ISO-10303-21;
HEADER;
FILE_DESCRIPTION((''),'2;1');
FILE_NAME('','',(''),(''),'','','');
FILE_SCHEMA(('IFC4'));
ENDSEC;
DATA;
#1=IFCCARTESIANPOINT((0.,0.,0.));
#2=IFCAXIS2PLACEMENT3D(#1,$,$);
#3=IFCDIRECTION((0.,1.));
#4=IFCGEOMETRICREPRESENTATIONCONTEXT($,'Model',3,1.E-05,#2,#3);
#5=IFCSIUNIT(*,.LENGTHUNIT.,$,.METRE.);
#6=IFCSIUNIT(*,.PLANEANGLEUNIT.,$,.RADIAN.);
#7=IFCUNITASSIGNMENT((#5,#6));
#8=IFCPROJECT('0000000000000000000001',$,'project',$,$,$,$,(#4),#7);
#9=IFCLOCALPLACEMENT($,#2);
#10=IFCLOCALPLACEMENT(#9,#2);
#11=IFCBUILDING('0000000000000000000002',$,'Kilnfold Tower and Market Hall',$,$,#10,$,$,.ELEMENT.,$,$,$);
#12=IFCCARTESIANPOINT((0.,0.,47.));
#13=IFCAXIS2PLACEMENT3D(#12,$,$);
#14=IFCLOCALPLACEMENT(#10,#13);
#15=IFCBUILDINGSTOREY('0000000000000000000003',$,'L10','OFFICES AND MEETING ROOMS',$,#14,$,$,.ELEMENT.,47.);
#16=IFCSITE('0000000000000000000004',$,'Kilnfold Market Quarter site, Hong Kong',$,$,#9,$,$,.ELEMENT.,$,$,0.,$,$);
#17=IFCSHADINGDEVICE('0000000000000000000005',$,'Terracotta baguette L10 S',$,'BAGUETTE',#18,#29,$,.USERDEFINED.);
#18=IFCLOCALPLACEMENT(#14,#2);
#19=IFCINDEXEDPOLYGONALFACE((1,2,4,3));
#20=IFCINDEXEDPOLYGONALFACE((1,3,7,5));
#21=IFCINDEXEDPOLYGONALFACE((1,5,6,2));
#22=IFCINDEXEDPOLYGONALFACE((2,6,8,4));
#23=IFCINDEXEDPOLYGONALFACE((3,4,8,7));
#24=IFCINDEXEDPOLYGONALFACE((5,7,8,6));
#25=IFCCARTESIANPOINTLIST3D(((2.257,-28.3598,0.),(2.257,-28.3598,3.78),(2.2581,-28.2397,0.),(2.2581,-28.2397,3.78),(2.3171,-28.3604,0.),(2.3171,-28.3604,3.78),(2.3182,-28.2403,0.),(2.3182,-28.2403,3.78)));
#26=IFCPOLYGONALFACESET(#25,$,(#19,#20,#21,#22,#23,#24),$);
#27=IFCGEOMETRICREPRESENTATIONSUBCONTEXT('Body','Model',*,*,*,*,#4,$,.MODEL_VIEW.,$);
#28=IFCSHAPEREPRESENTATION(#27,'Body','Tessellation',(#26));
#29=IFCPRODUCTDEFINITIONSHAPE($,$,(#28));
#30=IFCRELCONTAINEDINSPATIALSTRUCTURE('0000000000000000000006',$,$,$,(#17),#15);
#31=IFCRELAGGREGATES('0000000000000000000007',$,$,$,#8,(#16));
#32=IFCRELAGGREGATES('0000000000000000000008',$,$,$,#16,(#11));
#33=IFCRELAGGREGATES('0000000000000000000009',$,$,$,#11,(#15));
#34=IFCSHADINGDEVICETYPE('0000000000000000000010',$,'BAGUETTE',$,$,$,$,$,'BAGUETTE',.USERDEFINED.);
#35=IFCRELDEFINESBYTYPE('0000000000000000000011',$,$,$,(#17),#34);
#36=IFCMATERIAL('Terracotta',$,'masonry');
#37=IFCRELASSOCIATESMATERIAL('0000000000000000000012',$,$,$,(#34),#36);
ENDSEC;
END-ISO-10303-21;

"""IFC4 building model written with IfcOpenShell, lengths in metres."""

from ifc_helpers import new_model, si_unit, direction, frame, origin, origin_2d, place, context, subcontext, project, spatial, rectangle, extrude, source, transform, mapped, material, material_profile, profile_set, type_object, element, save


model = new_model("IFC4")

# Units and contexts
model_context = context("Model", 3, precision=1e-05, world=origin(), true_north=direction((0.0, 1.0)))
body_context = subcontext(model_context, "Body", "Model", "MODEL_VIEW")
ifc_project = project(units=[si_unit("LENGTHUNIT", "METRE"), si_unit("PLANEANGLEUNIT", "RADIAN")], contexts=[model_context])

# Site, building, storey
site_placement = place(None, origin())
site = spatial("IfcSite", under=ifc_project, at=site_placement, Name="Kilnfold Market Quarter site, Hong Kong", CompositionType="ELEMENT", RefElevation=0.0)
building_placement = place(site_placement, origin())
building = spatial("IfcBuilding", under=site, at=building_placement, Name="Kilnfold Tower and Market Hall", CompositionType="ELEMENT")
storey_placement = place(building_placement, frame((0.0, 0.0, 47.0)))
storey = spatial("IfcBuildingStorey", under=building, at=storey_placement, Name="L10", Description="OFFICES AND MEETING ROOMS", CompositionType="ELEMENT", Elevation=47.0)

# Shading device
ifc_material_1 = material(Name="Terracotta", Category="masonry")
ifc_material_profile_1 = material_profile(ifc_material_1, rectangle(XDim=0.0601, YDim=0.1201, at=origin_2d()), Name="BAG 60x120")
ifc_profile_set_1 = profile_set([ifc_material_profile_1], Name="Terracotta")
shading_device_type = type_object("IfcShadingDeviceType", Name="BAGUETTE", ElementType="BAGUETTE", PredefinedType="USERDEFINED", material=ifc_profile_set_1)
shared_shape_1 = source(origin(), body_context, "Body", "SweptSolid", [
    extrude(rectangle(XDim=0.0601, YDim=0.1201, at=origin_2d()), origin(), (0.0, 0.0, 1.0), 3.78),
])
for number, where, z_axis, x_axis, name in (
    (1, (2.2876, -28.3, 0.0), (0.0, 0.0, 1.0), (0.999957, -0.009299, 0.0), "Terracotta baguette L10 S"),
):
    element("IfcShadingDevice", number, at=place(storey_placement, frame(where, z_axis=z_axis, x_axis=x_axis)), inside=storey, type_object=shading_device_type, Name=name, ObjectType="BAGUETTE", PredefinedType="USERDEFINED", context=body_context, shape_type="MappedRepresentation", body=[
        mapped(shared_shape_1, transform((0.0, 0.0, 0.0))),
    ])

save(model, "model.ifc")
